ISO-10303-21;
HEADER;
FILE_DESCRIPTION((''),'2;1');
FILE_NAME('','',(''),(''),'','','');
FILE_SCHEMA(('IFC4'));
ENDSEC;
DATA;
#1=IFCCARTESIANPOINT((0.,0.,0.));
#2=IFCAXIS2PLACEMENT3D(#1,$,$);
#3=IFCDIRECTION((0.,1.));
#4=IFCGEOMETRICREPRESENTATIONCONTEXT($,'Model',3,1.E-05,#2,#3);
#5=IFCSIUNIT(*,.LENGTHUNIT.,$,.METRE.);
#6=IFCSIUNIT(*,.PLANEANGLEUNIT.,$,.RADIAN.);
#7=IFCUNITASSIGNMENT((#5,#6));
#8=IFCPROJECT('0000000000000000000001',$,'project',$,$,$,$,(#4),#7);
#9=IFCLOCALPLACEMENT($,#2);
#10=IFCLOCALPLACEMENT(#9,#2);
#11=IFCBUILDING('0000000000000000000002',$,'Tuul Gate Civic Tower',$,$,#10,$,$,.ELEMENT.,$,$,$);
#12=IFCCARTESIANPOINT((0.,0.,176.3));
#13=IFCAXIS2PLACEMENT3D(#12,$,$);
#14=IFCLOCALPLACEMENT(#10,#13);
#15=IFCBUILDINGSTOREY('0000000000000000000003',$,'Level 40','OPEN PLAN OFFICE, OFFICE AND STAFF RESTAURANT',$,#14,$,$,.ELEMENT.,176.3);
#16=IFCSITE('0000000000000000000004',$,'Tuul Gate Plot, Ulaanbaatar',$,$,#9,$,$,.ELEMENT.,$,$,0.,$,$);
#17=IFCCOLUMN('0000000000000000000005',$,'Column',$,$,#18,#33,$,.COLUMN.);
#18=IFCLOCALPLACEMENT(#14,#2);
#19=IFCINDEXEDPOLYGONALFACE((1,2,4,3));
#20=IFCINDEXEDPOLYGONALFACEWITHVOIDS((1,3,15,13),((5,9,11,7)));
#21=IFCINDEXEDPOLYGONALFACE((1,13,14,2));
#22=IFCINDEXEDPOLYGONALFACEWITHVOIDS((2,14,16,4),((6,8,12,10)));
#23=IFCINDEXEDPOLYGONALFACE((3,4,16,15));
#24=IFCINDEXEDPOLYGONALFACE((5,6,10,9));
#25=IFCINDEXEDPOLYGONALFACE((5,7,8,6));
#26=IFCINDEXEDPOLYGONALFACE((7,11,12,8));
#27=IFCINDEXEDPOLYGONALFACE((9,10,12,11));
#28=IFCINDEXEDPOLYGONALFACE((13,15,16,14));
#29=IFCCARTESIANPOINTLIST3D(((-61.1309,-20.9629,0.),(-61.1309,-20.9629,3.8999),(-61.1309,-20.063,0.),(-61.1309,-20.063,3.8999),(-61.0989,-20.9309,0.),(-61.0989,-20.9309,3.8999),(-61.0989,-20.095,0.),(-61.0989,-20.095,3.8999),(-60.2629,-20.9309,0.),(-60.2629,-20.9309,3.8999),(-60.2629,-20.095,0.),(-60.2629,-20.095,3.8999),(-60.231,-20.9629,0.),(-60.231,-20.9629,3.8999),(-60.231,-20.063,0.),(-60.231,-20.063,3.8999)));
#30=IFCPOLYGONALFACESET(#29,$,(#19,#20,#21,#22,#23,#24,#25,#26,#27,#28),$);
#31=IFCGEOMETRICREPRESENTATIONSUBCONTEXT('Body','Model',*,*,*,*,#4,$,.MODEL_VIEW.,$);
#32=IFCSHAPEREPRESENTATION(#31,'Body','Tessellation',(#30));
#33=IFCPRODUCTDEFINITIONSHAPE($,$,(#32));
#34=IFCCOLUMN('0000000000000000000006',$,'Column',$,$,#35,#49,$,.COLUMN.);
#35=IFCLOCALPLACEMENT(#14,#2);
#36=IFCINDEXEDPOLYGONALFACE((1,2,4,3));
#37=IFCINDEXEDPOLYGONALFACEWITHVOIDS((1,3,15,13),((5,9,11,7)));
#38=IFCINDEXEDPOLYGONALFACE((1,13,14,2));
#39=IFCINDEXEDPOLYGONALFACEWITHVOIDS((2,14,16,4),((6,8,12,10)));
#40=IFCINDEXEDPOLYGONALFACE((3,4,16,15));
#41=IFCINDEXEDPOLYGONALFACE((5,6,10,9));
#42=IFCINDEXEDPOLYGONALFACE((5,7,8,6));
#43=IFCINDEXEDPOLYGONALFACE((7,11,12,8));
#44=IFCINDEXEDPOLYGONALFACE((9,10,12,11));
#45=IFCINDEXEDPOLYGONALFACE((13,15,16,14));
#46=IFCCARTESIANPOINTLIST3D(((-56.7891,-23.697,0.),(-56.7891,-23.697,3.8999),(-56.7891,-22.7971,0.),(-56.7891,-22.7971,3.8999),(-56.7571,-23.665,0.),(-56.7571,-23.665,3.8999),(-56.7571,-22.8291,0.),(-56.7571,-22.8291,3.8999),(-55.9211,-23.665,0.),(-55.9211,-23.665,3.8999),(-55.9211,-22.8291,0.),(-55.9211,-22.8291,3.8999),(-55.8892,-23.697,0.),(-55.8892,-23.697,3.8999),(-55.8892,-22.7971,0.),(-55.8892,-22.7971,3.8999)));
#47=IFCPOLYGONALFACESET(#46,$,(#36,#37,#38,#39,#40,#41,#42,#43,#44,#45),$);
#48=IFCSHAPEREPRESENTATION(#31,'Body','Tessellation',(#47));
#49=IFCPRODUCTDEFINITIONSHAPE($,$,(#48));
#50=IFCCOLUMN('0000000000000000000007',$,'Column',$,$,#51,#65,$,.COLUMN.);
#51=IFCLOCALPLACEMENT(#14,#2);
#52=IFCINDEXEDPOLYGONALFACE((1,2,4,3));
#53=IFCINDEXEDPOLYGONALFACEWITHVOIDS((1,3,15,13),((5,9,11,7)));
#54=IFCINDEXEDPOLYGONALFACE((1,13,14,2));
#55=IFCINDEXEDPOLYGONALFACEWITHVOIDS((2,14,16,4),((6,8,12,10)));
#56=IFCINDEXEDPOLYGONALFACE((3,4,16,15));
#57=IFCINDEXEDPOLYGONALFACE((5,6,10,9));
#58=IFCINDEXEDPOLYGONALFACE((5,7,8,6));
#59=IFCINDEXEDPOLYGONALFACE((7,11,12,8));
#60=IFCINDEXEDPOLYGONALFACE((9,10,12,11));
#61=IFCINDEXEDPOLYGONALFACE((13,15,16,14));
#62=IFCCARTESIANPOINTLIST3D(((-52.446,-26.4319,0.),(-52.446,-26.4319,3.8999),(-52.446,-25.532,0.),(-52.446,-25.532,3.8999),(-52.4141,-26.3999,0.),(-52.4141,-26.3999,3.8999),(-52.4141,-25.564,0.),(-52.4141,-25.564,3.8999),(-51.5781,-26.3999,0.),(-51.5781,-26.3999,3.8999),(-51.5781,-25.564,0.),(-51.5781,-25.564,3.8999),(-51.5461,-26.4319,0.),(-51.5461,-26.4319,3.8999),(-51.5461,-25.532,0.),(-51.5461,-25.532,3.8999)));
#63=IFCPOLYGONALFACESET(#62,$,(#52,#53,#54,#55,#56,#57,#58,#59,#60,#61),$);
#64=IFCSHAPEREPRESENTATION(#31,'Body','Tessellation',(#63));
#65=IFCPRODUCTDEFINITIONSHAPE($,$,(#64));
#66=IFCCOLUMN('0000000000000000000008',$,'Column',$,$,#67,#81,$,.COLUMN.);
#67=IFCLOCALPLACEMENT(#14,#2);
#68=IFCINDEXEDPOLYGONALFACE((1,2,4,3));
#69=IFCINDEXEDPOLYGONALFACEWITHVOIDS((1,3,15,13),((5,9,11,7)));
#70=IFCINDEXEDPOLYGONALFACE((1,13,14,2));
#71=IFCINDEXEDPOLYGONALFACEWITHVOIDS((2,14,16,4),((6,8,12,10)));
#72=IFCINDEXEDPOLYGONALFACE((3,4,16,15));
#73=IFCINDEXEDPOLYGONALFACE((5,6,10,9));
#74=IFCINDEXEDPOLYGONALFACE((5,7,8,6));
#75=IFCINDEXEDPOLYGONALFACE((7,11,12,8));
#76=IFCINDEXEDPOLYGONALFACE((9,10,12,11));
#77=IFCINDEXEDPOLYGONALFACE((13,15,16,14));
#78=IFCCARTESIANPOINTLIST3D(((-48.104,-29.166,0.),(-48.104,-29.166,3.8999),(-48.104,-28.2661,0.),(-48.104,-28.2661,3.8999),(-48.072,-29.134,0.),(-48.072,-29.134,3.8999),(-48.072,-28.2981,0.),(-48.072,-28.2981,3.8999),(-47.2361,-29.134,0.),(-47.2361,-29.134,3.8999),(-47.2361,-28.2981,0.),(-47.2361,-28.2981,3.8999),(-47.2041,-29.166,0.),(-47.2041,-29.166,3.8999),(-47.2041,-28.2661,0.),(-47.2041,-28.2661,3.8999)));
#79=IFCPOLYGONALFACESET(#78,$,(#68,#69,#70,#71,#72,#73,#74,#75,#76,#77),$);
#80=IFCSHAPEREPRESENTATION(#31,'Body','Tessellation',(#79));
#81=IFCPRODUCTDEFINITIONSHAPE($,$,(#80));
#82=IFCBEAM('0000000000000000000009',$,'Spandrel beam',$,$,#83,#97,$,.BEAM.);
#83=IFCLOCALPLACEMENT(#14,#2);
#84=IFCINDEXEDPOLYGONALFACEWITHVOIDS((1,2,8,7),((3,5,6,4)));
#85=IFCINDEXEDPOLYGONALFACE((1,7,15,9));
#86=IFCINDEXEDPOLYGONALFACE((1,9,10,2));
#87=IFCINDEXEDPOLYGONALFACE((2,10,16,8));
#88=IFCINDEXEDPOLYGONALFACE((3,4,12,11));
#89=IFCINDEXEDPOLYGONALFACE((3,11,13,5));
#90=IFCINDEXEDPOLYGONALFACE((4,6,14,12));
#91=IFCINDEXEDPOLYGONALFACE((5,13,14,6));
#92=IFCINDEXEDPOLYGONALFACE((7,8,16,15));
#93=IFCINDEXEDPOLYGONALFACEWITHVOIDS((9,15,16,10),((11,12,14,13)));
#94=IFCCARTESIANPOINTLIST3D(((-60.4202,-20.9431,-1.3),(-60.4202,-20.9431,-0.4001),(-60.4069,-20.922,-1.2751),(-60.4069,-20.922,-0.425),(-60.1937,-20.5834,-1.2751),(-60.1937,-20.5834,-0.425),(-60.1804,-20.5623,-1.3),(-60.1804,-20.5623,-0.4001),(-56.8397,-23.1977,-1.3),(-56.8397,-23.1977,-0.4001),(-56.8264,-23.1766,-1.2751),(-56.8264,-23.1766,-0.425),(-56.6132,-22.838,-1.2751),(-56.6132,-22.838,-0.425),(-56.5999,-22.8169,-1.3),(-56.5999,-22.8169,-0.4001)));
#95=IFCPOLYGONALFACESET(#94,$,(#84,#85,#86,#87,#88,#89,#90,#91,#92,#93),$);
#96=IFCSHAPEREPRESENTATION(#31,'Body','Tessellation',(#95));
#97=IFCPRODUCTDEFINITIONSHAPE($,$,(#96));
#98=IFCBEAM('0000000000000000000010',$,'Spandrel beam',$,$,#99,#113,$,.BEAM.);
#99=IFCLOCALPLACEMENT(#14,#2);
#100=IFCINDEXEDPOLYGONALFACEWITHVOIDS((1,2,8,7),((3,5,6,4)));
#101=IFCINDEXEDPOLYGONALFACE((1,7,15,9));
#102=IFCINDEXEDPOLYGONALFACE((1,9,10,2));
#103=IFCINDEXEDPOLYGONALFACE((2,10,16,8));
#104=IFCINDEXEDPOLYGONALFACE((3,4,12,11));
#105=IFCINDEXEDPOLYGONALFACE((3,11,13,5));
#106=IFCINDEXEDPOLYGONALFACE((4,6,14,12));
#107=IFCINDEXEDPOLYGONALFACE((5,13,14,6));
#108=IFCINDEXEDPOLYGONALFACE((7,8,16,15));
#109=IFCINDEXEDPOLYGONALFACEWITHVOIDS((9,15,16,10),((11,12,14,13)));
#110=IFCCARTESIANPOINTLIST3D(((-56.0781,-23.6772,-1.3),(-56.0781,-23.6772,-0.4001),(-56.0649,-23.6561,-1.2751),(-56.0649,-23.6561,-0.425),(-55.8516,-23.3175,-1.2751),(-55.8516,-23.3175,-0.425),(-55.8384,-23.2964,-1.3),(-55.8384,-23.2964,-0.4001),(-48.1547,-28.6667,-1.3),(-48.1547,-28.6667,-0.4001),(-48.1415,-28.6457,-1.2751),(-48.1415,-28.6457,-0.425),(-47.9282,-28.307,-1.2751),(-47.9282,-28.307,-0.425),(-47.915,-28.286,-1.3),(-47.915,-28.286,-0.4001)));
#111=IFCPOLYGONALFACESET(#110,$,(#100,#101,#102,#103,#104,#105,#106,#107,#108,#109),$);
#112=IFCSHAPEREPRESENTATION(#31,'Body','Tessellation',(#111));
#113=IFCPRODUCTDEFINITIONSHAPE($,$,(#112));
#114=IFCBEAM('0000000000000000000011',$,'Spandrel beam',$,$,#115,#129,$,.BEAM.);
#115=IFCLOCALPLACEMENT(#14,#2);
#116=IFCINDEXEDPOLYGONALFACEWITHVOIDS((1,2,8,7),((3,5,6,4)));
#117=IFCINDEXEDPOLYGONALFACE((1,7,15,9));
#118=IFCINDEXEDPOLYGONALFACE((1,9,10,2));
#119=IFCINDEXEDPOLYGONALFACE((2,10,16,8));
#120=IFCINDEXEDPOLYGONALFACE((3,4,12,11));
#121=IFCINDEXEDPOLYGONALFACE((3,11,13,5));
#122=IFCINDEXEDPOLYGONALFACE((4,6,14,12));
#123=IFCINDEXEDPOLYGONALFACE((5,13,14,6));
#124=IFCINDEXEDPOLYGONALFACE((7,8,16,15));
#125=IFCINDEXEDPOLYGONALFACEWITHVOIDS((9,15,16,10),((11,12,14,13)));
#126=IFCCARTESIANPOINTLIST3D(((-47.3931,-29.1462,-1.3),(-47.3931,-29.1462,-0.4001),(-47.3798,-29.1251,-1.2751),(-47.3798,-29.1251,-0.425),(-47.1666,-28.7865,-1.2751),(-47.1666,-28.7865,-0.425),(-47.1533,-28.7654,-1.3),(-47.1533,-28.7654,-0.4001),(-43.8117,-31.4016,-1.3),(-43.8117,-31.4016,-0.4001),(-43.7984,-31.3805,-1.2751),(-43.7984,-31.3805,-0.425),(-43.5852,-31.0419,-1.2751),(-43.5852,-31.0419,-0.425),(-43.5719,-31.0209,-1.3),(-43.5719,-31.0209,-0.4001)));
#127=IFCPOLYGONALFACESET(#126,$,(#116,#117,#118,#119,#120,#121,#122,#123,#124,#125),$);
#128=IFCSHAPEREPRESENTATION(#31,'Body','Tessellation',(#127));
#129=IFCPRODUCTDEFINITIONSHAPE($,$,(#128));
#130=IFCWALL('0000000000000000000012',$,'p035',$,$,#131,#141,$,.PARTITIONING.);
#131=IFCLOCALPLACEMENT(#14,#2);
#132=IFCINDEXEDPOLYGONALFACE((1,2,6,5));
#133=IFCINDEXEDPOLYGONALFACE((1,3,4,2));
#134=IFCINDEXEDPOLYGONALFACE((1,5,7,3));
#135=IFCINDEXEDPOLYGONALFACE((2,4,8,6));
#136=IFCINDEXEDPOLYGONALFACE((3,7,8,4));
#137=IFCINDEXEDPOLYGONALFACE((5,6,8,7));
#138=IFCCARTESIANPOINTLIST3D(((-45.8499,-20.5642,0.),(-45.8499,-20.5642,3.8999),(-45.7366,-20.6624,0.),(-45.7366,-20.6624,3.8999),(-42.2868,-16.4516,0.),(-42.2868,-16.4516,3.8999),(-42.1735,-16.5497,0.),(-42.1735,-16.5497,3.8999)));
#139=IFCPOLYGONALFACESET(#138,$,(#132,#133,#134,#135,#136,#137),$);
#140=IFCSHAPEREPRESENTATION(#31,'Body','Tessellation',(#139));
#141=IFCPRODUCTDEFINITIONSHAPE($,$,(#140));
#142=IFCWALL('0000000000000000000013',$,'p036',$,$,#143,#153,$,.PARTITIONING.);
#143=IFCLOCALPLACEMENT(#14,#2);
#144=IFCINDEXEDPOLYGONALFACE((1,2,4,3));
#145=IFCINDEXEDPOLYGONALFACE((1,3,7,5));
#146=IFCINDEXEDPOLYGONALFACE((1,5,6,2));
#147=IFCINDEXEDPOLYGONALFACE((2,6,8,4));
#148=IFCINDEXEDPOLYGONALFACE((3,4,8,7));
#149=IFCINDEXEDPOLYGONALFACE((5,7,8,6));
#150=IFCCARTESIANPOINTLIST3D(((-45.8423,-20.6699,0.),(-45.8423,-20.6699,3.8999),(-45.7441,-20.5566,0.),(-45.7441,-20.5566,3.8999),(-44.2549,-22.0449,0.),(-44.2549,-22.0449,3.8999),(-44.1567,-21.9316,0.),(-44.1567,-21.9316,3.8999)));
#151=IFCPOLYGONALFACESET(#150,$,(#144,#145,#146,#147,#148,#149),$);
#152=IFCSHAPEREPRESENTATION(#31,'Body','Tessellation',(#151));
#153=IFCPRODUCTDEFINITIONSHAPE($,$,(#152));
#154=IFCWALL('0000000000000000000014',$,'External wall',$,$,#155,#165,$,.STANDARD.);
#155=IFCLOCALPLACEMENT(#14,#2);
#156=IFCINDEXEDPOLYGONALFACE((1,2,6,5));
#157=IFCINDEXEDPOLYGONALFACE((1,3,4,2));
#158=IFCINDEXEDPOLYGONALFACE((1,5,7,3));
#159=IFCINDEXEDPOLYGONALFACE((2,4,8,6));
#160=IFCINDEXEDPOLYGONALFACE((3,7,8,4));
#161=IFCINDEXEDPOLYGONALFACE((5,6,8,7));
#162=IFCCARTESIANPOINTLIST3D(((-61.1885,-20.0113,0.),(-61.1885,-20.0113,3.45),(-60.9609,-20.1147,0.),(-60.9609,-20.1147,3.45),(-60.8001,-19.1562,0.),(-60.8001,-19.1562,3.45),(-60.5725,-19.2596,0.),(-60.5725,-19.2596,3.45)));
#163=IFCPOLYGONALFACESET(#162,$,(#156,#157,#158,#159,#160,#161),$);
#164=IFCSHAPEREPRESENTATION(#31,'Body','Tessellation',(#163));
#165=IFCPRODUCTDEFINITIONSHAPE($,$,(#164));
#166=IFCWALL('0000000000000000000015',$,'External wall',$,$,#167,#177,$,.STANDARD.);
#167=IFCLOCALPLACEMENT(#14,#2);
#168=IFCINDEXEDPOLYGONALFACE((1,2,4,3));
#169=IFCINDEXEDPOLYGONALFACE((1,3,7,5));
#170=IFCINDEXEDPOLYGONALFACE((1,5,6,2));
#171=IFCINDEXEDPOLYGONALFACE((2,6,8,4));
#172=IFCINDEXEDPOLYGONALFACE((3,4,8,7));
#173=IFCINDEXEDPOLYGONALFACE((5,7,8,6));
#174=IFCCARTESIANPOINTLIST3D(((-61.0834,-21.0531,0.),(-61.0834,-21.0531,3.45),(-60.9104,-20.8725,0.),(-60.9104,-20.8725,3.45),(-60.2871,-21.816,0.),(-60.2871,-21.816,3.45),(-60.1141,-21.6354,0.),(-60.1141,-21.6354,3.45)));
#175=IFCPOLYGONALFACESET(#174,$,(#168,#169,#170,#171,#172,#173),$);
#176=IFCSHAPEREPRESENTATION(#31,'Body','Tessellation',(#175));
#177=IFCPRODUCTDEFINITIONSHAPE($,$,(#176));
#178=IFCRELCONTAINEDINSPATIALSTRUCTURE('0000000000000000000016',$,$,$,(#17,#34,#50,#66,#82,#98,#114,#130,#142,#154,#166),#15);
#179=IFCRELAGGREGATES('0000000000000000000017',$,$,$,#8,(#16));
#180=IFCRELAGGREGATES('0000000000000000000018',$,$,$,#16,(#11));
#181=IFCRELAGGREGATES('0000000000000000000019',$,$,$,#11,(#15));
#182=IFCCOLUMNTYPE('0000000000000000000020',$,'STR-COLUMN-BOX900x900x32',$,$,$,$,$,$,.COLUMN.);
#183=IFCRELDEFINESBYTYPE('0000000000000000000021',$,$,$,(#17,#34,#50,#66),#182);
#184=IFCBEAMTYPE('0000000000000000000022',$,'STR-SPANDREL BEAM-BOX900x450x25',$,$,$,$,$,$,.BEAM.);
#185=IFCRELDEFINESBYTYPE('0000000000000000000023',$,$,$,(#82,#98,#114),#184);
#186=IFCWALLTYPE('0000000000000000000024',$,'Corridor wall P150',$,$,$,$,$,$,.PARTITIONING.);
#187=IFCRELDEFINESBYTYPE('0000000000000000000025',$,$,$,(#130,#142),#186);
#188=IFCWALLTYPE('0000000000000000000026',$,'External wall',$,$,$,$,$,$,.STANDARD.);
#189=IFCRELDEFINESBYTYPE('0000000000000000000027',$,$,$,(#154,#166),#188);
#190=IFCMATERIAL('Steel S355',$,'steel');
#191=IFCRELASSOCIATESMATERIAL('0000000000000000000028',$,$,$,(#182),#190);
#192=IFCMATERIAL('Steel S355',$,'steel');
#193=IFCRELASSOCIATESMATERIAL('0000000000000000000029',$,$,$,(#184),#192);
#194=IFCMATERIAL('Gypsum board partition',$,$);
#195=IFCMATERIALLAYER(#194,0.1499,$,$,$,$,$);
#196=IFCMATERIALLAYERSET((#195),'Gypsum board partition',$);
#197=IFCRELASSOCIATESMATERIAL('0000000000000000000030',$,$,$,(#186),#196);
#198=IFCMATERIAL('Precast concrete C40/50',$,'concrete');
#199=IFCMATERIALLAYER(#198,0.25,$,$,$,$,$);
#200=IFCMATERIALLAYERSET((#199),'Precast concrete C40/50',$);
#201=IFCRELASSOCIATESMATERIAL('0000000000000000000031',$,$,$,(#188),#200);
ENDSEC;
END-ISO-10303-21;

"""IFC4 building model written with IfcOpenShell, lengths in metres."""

from ifc_helpers import new_model, si_unit, direction, frame, frame_2d, origin, origin_2d, place, context, subcontext, project, spatial, rectangle, hollow_rectangle, extrude, material, layer, layer_set, material_profile, profile_set, type_object, element, save


model = new_model("IFC4")

# Units and contexts
model_context = context("Model", 3, precision=1e-05, world=origin(), true_north=direction((0.0, 1.0)))
body_context = subcontext(model_context, "Body", "Model", "MODEL_VIEW")
ifc_project = project(units=[si_unit("LENGTHUNIT", "METRE"), si_unit("PLANEANGLEUNIT", "RADIAN")], contexts=[model_context])

# Site, building, storey
site_placement = place(None, origin())
site = spatial("IfcSite", under=ifc_project, at=site_placement, Name="Tuul Gate Plot, Ulaanbaatar", CompositionType="ELEMENT", RefElevation=0.0)
building_placement = place(site_placement, origin())
building = spatial("IfcBuilding", under=site, at=building_placement, Name="Tuul Gate Civic Tower", CompositionType="ELEMENT")
storey_placement = place(building_placement, frame((0.0, 0.0, 176.3)))
storey = spatial("IfcBuildingStorey", under=building, at=storey_placement, Name="Level 40", Description="OPEN PLAN OFFICE, OFFICE AND STAFF RESTAURANT", CompositionType="ELEMENT", Elevation=176.3)

# Columns
ifc_material_1 = material(Name="Steel S355", Category="steel")
ifc_material_profile_1 = material_profile(ifc_material_1, hollow_rectangle(XDim=0.8999, YDim=0.8999, WallThickness=0.032, at=origin_2d()), Name="BOX900x900x32")
ifc_profile_set_1 = profile_set([ifc_material_profile_1], Name="Steel S355")
column_type = type_object("IfcColumnType", Name="STR-COLUMN-BOX900x900x32", PredefinedType="COLUMN", material=ifc_profile_set_1)
for number, where, z_axis, x_axis, name in (
    (1, (-60.6809, -20.5129, 0.0), (0.0, 0.0, 1.0), (1.0, 0.0, 0.0), "Column"),
    (2, (-56.3391, -23.2471, 0.0), (0.0, 0.0, 1.0), (1.0, 0.0, 0.0), "Column"),
    (3, (-51.9961, -25.9819, 0.0), (0.0, 0.0, 1.0), (1.0, 0.0, 0.0), "Column"),
    (4, (-47.6541, -28.7161, 0.0), (0.0, 0.0, 1.0), (1.0, 0.0, 0.0), "Column"),
):
    element("IfcColumn", number, at=place(storey_placement, frame(where, z_axis=z_axis, x_axis=x_axis)), inside=storey, type_object=column_type, Name=name, PredefinedType="COLUMN", context=body_context, shape_type="SweptSolid", body=[
        extrude(hollow_rectangle(XDim=0.8999, YDim=0.8999, WallThickness=0.032, at=origin_2d()), origin(), (0.0, 0.0, 1.0), 3.8999),
    ])

# Beams
ifc_material_2 = material(Name="Steel S355", Category="steel")
ifc_material_profile_2 = material_profile(ifc_material_2, hollow_rectangle(XDim=0.45, YDim=0.8999, WallThickness=0.0249, at=origin_2d()), Name="BOX900x450x25")
ifc_profile_set_2 = profile_set([ifc_material_profile_2], Name="Steel S355")
beam_type = type_object("IfcBeamType", Name="STR-SPANDREL BEAM-BOX900x450x25", PredefinedType="BEAM", material=ifc_profile_set_2)
beam_1_placement = place(storey_placement, frame((-60.3003, -20.7527, -0.8501), z_axis=(0.846211, -0.532848, 0.0), x_axis=(0.532848, 0.846211, 0.0)))
element("IfcBeam", 5, at=beam_1_placement, inside=storey, type_object=beam_type, Name="Spandrel beam", PredefinedType="BEAM", context=body_context, shape_type="SweptSolid", body=[
    extrude(hollow_rectangle(XDim=0.45, YDim=0.8999, WallThickness=0.0249, at=origin_2d()), origin(), (0.0, 0.0, 1.0), 4.2312),
])
beam_2_placement = place(storey_placement, frame((-55.9583, -23.4868, -0.8501), z_axis=(0.846198, -0.532869, 0.0), x_axis=(0.532869, 0.846198, 0.0)))
element("IfcBeam", 6, at=beam_2_placement, inside=storey, type_object=beam_type, Name="Spandrel beam", PredefinedType="BEAM", context=body_context, shape_type="SweptSolid", body=[
    extrude(hollow_rectangle(XDim=0.45, YDim=0.8999, WallThickness=0.0249, at=origin_2d()), origin(), (0.0, 0.0, 1.0), 9.3635),
])
beam_3_placement = place(storey_placement, frame((-47.2732, -28.9558, -0.8501), z_axis=(0.846182, -0.532894, 0.0), x_axis=(0.532894, 0.846182, 0.0)))
element("IfcBeam", 7, at=beam_3_placement, inside=storey, type_object=beam_type, Name="Spandrel beam", PredefinedType="BEAM", context=body_context, shape_type="SweptSolid", body=[
    extrude(hollow_rectangle(XDim=0.45, YDim=0.8999, WallThickness=0.0249, at=origin_2d()), origin(), (0.0, 0.0, 1.0), 4.2324),
])

# Walls
ifc_material_3 = material(Name="Gypsum board partition")
ifc_layer_1 = layer(ifc_material_3, 0.1499)
ifc_layer_set_1 = layer_set([ifc_layer_1], Name="Gypsum board partition")
wall_type_1 = type_object("IfcWallType", Name="Corridor wall P150", PredefinedType="PARTITIONING", material=ifc_layer_set_1)
wall_1_placement = place(storey_placement, frame((-45.7932, -20.6133, 0.0), z_axis=(0.0, 0.0, 1.0), x_axis=(0.654802, 0.7558, 0.0)))
element("IfcWall", 8, at=wall_1_placement, inside=storey, type_object=wall_type_1, Name="p035", PredefinedType="PARTITIONING", context=body_context, shape_type="SweptSolid", body=[
    extrude(rectangle(XDim=5.4414, YDim=0.1499, at=frame_2d((2.7207, 0.0))), origin(), (0.0, 0.0, 1.0), 3.8999),
])
wall_2_placement = place(storey_placement, frame((-45.7932, -20.6133, 0.0), z_axis=(0.0, 0.0, 1.0), x_axis=(0.755865, -0.654727, 0.0)))
element("IfcWall", 9, at=wall_2_placement, inside=storey, type_object=wall_type_1, Name="p036", PredefinedType="PARTITIONING", context=body_context, shape_type="SweptSolid", body=[
    extrude(rectangle(XDim=2.1001, YDim=0.1499, at=frame_2d((1.05, 0.0))), origin(), (0.0, 0.0, 1.0), 3.8999),
])
ifc_material_4 = material(Name="Precast concrete C40/50", Category="concrete")
ifc_layer_2 = layer(ifc_material_4, 0.25)
ifc_layer_set_2 = layer_set([ifc_layer_2], Name="Precast concrete C40/50")
wall_type_2 = type_object("IfcWallType", Name="External wall", PredefinedType="STANDARD", material=ifc_layer_set_2)
wall_3_placement = place(storey_placement, frame((-60.6863, -19.2078, 0.0), z_axis=(0.0, 0.0, 1.0), x_axis=(-0.413529, -0.910491, 0.0)))
element("IfcWall", 10, at=wall_3_placement, inside=storey, type_object=wall_type_2, Name="External wall", PredefinedType="STANDARD", context=body_context, shape_type="SweptSolid", body=[
    extrude(rectangle(XDim=0.9392, YDim=0.25, at=frame_2d((0.4697, 0.0))), origin(), (0.0, 0.0, 1.0), 3.45),
])
wall_4_placement = place(storey_placement, frame((-60.9968, -20.9629, 0.0), z_axis=(0.0, 0.0, 1.0), x_axis=(0.722108, -0.69178, 0.0)))
element("IfcWall", 11, at=wall_4_placement, inside=storey, type_object=wall_type_2, Name="External wall", PredefinedType="STANDARD", context=body_context, shape_type="SweptSolid", body=[
    extrude(rectangle(XDim=1.1028, YDim=0.25, at=frame_2d((0.5513, 0.0))), origin(), (0.0, 0.0, 1.0), 3.45),
])

save(model, "model.ifc")
